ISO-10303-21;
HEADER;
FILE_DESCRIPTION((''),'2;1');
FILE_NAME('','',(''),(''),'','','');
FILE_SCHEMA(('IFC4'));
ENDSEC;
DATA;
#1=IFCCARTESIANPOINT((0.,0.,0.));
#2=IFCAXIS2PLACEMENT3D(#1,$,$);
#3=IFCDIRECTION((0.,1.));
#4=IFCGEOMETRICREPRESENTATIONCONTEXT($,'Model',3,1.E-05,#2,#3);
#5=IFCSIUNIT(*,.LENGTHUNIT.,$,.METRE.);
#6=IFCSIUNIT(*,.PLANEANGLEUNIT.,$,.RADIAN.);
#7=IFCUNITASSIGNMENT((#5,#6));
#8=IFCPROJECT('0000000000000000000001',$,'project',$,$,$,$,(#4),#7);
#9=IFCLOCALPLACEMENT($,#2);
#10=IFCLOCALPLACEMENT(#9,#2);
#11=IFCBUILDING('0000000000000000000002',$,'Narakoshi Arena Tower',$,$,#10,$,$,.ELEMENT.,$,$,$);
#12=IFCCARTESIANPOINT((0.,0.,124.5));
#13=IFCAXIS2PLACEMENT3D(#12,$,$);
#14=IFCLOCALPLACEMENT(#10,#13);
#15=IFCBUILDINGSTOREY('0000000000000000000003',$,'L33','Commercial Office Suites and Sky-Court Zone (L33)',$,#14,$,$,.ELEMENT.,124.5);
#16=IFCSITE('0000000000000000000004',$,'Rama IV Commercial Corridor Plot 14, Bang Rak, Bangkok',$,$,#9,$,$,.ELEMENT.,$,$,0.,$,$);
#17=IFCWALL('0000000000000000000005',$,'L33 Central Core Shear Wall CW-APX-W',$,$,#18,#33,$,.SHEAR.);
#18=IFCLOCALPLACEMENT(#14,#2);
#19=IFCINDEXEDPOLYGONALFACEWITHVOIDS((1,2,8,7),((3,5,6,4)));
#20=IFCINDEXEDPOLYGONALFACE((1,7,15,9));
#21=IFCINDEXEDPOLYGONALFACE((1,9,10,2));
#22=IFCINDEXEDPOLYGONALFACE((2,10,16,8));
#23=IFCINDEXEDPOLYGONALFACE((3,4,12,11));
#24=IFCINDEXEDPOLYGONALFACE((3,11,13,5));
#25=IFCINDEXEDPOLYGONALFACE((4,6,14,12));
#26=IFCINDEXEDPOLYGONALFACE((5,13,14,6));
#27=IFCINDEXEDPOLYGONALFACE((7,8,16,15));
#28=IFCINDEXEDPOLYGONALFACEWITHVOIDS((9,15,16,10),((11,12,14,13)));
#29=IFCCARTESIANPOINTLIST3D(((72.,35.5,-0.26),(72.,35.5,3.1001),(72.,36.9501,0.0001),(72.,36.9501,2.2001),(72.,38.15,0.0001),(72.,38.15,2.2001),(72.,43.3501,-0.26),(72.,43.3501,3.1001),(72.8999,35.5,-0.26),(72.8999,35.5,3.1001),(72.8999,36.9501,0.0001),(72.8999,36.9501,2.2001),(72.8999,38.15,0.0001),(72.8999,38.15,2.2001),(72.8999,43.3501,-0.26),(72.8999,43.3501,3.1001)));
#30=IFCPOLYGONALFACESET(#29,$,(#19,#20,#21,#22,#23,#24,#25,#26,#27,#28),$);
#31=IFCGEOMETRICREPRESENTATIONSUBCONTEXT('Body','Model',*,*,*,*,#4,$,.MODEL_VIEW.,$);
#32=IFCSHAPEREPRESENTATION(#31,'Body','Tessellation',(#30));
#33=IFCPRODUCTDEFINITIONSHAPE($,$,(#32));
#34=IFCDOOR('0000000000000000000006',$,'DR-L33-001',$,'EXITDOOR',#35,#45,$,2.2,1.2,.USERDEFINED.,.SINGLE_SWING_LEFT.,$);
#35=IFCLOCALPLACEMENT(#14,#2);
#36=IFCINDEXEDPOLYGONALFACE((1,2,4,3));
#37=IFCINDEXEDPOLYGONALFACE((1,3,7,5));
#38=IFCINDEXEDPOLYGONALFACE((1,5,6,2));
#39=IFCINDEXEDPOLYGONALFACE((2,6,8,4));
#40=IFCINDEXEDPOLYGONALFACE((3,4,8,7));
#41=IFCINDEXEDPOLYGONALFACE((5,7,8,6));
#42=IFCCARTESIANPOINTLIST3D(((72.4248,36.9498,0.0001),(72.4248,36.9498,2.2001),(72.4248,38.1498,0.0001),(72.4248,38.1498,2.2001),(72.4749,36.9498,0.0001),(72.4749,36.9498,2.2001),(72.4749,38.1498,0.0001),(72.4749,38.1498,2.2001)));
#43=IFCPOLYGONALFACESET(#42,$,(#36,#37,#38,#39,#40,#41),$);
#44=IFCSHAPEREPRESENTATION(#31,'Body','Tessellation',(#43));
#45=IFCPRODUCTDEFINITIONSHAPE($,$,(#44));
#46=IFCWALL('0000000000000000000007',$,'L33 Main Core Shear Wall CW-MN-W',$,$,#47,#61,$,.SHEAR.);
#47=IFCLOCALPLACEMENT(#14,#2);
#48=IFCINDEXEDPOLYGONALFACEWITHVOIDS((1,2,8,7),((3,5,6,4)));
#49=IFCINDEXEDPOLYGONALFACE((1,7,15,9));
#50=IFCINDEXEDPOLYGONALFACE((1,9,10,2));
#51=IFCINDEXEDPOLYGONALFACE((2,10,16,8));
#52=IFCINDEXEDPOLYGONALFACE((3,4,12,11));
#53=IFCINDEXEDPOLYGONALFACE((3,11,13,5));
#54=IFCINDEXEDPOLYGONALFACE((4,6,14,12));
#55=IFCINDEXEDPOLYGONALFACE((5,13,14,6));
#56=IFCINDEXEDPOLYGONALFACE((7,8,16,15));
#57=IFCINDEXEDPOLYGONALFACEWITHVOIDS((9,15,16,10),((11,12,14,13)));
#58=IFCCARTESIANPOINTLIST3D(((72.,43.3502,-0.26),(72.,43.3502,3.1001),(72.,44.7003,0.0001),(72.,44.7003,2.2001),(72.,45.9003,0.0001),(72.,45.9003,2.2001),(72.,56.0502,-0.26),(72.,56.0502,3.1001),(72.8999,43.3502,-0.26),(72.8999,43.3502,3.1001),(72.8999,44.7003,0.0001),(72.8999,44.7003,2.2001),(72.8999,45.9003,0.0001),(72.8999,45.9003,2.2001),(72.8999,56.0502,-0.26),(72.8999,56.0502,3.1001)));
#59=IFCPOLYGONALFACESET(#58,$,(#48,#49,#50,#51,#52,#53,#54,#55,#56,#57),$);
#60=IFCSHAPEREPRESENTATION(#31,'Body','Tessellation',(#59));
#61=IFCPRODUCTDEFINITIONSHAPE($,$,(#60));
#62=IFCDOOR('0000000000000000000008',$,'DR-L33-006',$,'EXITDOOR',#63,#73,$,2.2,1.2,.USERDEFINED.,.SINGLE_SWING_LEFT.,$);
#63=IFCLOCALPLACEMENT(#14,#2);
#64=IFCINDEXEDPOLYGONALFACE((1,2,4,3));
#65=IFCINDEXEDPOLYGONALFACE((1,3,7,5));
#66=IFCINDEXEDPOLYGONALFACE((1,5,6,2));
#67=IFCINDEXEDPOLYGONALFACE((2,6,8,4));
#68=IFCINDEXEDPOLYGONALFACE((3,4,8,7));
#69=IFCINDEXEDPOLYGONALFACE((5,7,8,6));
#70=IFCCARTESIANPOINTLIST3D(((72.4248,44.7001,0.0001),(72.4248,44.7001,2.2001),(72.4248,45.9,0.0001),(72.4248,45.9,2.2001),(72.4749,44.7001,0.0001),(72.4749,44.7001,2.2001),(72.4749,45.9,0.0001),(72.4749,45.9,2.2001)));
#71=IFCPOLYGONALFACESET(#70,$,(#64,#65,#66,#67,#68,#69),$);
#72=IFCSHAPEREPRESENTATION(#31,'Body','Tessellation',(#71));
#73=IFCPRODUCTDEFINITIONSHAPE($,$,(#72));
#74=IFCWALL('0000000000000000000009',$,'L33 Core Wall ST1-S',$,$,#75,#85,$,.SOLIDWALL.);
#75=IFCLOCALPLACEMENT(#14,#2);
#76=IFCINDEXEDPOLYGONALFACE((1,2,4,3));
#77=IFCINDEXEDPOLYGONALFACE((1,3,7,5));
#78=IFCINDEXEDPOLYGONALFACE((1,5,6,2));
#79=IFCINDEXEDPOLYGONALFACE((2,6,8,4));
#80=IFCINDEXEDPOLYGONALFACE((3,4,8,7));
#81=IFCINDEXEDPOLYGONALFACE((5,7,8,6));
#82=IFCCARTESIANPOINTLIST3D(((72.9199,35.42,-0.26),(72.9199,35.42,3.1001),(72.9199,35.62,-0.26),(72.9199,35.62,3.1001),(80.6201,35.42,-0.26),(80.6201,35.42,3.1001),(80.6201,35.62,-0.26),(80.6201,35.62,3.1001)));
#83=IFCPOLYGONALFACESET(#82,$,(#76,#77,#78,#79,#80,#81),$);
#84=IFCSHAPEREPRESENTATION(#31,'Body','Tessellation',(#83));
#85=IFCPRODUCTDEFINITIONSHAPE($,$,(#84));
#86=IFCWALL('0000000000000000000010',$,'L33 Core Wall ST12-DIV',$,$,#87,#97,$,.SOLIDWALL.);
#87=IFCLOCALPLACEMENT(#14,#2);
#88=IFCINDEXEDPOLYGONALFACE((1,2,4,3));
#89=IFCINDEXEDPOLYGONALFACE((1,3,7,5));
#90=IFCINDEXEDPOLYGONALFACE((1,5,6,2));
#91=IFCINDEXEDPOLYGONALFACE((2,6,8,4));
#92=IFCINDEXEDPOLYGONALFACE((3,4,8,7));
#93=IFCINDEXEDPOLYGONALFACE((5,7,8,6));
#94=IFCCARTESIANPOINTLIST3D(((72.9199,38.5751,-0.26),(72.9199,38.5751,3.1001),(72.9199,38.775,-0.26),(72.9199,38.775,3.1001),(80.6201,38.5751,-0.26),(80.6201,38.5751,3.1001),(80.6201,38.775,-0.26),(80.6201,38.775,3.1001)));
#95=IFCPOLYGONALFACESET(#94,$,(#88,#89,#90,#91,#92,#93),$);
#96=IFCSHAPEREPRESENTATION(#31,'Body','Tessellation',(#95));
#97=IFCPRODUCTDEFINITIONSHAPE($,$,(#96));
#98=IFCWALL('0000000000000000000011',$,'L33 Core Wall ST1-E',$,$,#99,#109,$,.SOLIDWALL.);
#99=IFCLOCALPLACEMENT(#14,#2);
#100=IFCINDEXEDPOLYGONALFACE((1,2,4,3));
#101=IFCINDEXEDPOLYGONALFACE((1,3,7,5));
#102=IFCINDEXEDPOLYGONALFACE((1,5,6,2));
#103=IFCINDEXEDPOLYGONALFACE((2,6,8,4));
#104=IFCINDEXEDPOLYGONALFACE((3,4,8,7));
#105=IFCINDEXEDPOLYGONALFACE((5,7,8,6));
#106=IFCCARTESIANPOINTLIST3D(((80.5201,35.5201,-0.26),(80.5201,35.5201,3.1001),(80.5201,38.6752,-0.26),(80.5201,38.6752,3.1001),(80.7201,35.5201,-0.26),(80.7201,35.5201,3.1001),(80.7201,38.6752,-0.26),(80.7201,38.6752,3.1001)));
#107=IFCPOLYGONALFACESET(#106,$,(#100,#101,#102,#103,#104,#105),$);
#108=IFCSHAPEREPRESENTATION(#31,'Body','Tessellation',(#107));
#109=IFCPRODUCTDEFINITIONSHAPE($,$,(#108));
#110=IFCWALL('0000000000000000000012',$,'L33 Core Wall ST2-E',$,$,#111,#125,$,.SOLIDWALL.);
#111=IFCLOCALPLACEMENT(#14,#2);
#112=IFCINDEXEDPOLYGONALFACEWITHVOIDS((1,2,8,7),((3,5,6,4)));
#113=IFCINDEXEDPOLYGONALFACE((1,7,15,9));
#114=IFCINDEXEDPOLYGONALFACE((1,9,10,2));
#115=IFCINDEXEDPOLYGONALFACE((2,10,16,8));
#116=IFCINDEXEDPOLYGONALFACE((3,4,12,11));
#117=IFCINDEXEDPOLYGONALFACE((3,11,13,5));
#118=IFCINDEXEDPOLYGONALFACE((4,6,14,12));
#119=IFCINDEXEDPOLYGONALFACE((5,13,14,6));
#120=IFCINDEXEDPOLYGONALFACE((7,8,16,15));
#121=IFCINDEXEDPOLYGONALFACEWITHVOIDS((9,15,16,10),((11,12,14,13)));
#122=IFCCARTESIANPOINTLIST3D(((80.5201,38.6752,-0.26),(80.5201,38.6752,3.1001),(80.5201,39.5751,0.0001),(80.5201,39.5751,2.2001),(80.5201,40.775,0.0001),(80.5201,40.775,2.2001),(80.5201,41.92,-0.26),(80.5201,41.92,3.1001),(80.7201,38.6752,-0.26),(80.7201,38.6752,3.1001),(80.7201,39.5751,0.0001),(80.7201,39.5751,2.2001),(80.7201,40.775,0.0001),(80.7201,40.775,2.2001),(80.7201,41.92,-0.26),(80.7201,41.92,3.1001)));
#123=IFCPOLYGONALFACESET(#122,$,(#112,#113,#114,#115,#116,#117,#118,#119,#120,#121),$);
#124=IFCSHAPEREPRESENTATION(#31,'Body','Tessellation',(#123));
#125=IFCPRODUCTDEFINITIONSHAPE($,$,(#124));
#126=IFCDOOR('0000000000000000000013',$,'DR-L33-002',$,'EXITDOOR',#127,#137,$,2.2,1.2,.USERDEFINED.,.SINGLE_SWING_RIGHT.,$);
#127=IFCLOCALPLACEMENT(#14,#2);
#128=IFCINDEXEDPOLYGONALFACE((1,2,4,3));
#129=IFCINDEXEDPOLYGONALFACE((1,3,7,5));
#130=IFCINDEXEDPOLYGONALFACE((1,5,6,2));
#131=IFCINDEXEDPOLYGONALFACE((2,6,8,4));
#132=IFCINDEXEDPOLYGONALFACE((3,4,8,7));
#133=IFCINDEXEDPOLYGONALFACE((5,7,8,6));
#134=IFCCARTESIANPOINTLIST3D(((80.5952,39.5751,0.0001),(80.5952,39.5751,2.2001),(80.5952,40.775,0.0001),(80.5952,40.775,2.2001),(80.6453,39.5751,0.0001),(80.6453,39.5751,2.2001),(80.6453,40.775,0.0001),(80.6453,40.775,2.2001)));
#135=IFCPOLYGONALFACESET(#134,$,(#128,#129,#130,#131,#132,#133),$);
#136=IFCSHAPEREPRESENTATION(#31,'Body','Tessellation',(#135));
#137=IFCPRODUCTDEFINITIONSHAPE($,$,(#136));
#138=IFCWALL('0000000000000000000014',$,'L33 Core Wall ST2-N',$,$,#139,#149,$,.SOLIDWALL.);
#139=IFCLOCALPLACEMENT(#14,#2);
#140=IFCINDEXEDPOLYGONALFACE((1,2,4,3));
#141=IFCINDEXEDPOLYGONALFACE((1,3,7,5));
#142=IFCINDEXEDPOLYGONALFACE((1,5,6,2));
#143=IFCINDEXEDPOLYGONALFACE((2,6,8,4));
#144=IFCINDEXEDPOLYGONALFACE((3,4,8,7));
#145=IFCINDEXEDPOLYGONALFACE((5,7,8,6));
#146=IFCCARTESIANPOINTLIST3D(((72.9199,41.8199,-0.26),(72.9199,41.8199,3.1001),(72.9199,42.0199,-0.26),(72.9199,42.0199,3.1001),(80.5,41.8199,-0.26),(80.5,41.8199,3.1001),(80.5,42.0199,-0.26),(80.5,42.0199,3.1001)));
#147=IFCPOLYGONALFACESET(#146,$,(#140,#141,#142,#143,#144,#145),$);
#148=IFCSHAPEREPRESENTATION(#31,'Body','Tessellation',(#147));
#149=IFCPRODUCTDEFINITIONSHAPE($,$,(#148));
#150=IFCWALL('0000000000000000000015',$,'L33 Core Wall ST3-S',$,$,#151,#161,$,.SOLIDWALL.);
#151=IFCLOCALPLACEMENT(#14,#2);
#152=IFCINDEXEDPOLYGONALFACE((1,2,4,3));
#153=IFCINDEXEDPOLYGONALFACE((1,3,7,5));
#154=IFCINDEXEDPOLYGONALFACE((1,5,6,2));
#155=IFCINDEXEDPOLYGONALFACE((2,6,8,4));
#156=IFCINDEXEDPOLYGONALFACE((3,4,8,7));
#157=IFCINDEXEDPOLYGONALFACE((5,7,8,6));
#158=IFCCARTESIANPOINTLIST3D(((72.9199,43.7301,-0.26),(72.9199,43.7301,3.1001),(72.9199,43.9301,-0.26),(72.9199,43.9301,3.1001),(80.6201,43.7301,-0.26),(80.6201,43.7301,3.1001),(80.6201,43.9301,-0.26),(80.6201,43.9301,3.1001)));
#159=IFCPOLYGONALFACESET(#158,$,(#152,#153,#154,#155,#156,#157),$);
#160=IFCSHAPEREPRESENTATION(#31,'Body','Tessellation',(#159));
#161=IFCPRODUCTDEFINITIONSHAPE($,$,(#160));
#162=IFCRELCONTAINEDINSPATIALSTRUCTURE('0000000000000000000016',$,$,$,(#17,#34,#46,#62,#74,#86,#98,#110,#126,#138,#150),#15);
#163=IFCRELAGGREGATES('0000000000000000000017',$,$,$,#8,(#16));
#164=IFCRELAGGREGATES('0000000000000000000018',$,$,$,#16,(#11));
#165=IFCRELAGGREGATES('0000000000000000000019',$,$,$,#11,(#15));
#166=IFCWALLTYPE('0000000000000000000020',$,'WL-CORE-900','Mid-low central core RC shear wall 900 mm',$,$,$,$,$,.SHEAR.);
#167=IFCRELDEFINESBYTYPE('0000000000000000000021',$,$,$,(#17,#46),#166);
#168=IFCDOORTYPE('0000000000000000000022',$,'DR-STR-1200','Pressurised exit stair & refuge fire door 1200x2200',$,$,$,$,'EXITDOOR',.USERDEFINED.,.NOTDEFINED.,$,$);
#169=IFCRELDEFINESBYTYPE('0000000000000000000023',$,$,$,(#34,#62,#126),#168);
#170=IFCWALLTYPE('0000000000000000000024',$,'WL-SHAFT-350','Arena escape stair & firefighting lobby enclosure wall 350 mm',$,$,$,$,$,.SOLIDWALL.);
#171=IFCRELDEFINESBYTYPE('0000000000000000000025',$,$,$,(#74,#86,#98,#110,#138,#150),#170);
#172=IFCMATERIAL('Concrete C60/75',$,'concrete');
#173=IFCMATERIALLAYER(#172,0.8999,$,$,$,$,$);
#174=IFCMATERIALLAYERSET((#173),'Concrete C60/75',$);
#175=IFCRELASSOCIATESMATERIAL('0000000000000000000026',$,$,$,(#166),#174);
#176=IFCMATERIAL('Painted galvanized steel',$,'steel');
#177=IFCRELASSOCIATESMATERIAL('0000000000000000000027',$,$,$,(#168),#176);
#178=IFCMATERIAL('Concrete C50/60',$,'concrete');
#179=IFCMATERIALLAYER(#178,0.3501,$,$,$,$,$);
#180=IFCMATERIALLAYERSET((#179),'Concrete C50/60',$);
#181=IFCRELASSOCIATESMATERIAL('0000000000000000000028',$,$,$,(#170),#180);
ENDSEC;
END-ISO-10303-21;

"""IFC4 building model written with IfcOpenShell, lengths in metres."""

from ifc_helpers import new_model, si_unit, direction, frame, frame_2d, origin, place, context, subcontext, project, spatial, rectangle, extrude, material, layer, layer_set, type_object, element, fill, save


model = new_model("IFC4")

# Units and contexts
model_context = context("Model", 3, precision=1e-05, world=origin(), true_north=direction((0.0, 1.0)))
body_context = subcontext(model_context, "Body", "Model", "MODEL_VIEW")
ifc_project = project(units=[si_unit("LENGTHUNIT", "METRE"), si_unit("PLANEANGLEUNIT", "RADIAN")], contexts=[model_context])

# Site, building, storey
site_placement = place(None, origin())
site = spatial("IfcSite", under=ifc_project, at=site_placement, Name="Rama IV Commercial Corridor Plot 14, Bang Rak, Bangkok", CompositionType="ELEMENT", RefElevation=0.0)
building_placement = place(site_placement, origin())
building = spatial("IfcBuilding", under=site, at=building_placement, Name="Narakoshi Arena Tower", CompositionType="ELEMENT")
storey_placement = place(building_placement, frame((0.0, 0.0, 124.5)))
storey = spatial("IfcBuildingStorey", under=building, at=storey_placement, Name="L33", Description="Commercial Office Suites and Sky-Court Zone (L33)", CompositionType="ELEMENT", Elevation=124.5)

# Walls, openings, doors
ifc_material_1 = material(Name="Concrete C60/75", Category="concrete")
ifc_layer_1 = layer(ifc_material_1, 0.8999)
ifc_layer_set_1 = layer_set([ifc_layer_1], Name="Concrete C60/75")
wall_type_1 = type_object("IfcWallType", Name="WL-CORE-900", Description="Mid-low central core RC shear wall 900 mm", PredefinedType="SHEAR", material=ifc_layer_set_1)
wall_1_placement = place(storey_placement, frame((72.45, 35.5, -0.26), z_axis=(0.0, 0.0, 1.0), x_axis=(0.0, 1.0, 0.0)))
wall_1 = element("IfcWall", 1, at=wall_1_placement, inside=storey, type_object=wall_type_1, Name="L33 Central Core Shear Wall CW-APX-W", PredefinedType="SHEAR", context=body_context, shape_type="SweptSolid", body=[
    extrude(rectangle(XDim=7.8501, YDim=0.8999, at=frame_2d((3.925, 0.0))), origin(), (0.0, 0.0, 1.0), 3.3601),
])
opening_1_placement = place(wall_1_placement, frame((1.45, 0.0, 0.26)))
opening_1 = element("IfcOpeningElement", 2, at=opening_1_placement, cuts=wall_1, PredefinedType="OPENING", context=body_context, shape_type="SweptSolid", body=[
    extrude(rectangle(XDim=1.2, YDim=2.2, at=frame_2d((0.6001, 1.1001))), frame((0.0, 0.46, 0.0), z_axis=(0.0, -1.0, 0.0), x_axis=(1.0, 0.0, 0.0)), (0.0, 0.0, 1.0), 0.9199),
])
ifc_material_2 = material(Name="Painted galvanized steel", Category="steel")
door_type = type_object("IfcDoorType", Name="DR-STR-1200", Description="Pressurised exit stair & refuge fire door 1200x2200", ElementType="EXITDOOR", OperationType="NOTDEFINED", PredefinedType="USERDEFINED", material=ifc_material_2)
door_1_placement = place(opening_1_placement, frame((1.2, 0.0, 0.0), z_axis=(0.0, 0.0, 1.0), x_axis=(-1.0, 0.0, 0.0)))
door_1 = element("IfcDoor", 3, at=door_1_placement, inside=storey, type_object=door_type, Name="DR-L33-001", ObjectType="EXITDOOR", OperationType="SINGLE_SWING_LEFT", OverallHeight=2.2, OverallWidth=1.2, PredefinedType="USERDEFINED", context=body_context, shape_type="SweptSolid", body=[
    extrude(rectangle(XDim=1.2, YDim=2.2, at=frame_2d((0.6001, 1.1001))), frame((0.0, 0.0249, 0.0), z_axis=(0.0, -1.0, 0.0), x_axis=(1.0, 0.0, 0.0)), (0.0, 0.0, 1.0), 0.05),
])
fill(opening_1, door_1)
wall_2_placement = place(storey_placement, frame((72.45, 43.3501, -0.26), z_axis=(0.0, 0.0, 1.0), x_axis=(0.0, 1.0, 0.0)))
wall_2 = element("IfcWall", 4, at=wall_2_placement, inside=storey, type_object=wall_type_1, Name="L33 Main Core Shear Wall CW-MN-W", PredefinedType="SHEAR", context=body_context, shape_type="SweptSolid", body=[
    extrude(rectangle(XDim=12.7, YDim=0.8999, at=frame_2d((6.3501, 0.0))), origin(), (0.0, 0.0, 1.0), 3.3601),
])
opening_2_placement = place(wall_2_placement, frame((1.3501, 0.0, 0.26)))
opening_2 = element("IfcOpeningElement", 5, at=opening_2_placement, cuts=wall_2, PredefinedType="OPENING", context=body_context, shape_type="SweptSolid", body=[
    extrude(rectangle(XDim=1.2, YDim=2.2, at=frame_2d((0.6001, 1.1001))), frame((0.0, 0.46, 0.0), z_axis=(0.0, -1.0, 0.0), x_axis=(1.0, 0.0, 0.0)), (0.0, 0.0, 1.0), 0.9199),
])
door_2_placement = place(opening_2_placement, frame((1.2, 0.0, 0.0), z_axis=(0.0, 0.0, 1.0), x_axis=(-1.0, 0.0, 0.0)))
door_2 = element("IfcDoor", 6, at=door_2_placement, inside=storey, type_object=door_type, Name="DR-L33-006", ObjectType="EXITDOOR", OperationType="SINGLE_SWING_LEFT", OverallHeight=2.2, OverallWidth=1.2, PredefinedType="USERDEFINED", context=body_context, shape_type="SweptSolid", body=[
    extrude(rectangle(XDim=1.2, YDim=2.2, at=frame_2d((0.6001, 1.1001))), frame((0.0, 0.0249, 0.0), z_axis=(0.0, -1.0, 0.0), x_axis=(1.0, 0.0, 0.0)), (0.0, 0.0, 1.0), 0.05),
])
fill(opening_2, door_2)

# Walls
ifc_material_3 = material(Name="Concrete C50/60", Category="concrete")
ifc_layer_2 = layer(ifc_material_3, 0.3501)
ifc_layer_set_2 = layer_set([ifc_layer_2], Name="Concrete C50/60")
wall_type_2 = type_object("IfcWallType", Name="WL-SHAFT-350", Description="Arena escape stair & firefighting lobby enclosure wall 350 mm", PredefinedType="SOLIDWALL", material=ifc_layer_set_2)
for number, where, z_axis, x_axis, name in (
    (7, (72.9199, 35.52, -0.26), (0.0, 0.0, 1.0), (1.0, 0.0, 0.0), "L33 Core Wall ST1-S"),
    (8, (72.9199, 38.675, -0.26), (0.0, 0.0, 1.0), (1.0, 0.0, 0.0), "L33 Core Wall ST12-DIV"),
):
    element("IfcWall", number, at=place(storey_placement, frame(where, z_axis=z_axis, x_axis=x_axis)), inside=storey, type_object=wall_type_2, Name=name, PredefinedType="SOLIDWALL", context=body_context, shape_type="SweptSolid", body=[
        extrude(rectangle(XDim=7.7002, YDim=0.2, at=frame_2d((3.8501, 0.0))), origin(), (0.0, 0.0, 1.0), 3.3601),
    ])
wall_3_placement = place(storey_placement, frame((80.6201, 35.52, -0.26), z_axis=(0.0, 0.0, 1.0), x_axis=(0.0, 1.0, 0.0)))
element("IfcWall", 9, at=wall_3_placement, inside=storey, type_object=wall_type_2, Name="L33 Core Wall ST1-E", PredefinedType="SOLIDWALL", context=body_context, shape_type="SweptSolid", body=[
    extrude(rectangle(XDim=3.155, YDim=0.2, at=frame_2d((1.5776, 0.0))), origin(), (0.0, 0.0, 1.0), 3.3601),
])

# Wall, opening, door
wall_4_placement = place(storey_placement, frame((80.6201, 38.675, -0.26), z_axis=(0.0, 0.0, 1.0), x_axis=(0.0, 1.0, 0.0)))
wall_4 = element("IfcWall", 10, at=wall_4_placement, inside=storey, type_object=wall_type_2, Name="L33 Core Wall ST2-E", PredefinedType="SOLIDWALL", context=body_context, shape_type="SweptSolid", body=[
    extrude(rectangle(XDim=3.2449, YDim=0.2, at=frame_2d((1.6226, 0.0))), origin(), (0.0, 0.0, 1.0), 3.3601),
])
opening_3_placement = place(wall_4_placement, frame((0.8999, 0.0, 0.26)))
opening_3 = element("IfcOpeningElement", 11, at=opening_3_placement, cuts=wall_4, PredefinedType="OPENING", context=body_context, shape_type="SweptSolid", body=[
    extrude(rectangle(XDim=1.2, YDim=2.2, at=frame_2d((0.6001, 1.1001))), frame((0.0, 0.1099, 0.0), z_axis=(0.0, -1.0, 0.0), x_axis=(1.0, 0.0, 0.0)), (0.0, 0.0, 1.0), 0.22),
])
door_3_placement = place(opening_3_placement, origin())
door_3 = element("IfcDoor", 12, at=door_3_placement, inside=storey, type_object=door_type, Name="DR-L33-002", ObjectType="EXITDOOR", OperationType="SINGLE_SWING_RIGHT", OverallHeight=2.2, OverallWidth=1.2, PredefinedType="USERDEFINED", context=body_context, shape_type="SweptSolid", body=[
    extrude(rectangle(XDim=1.2, YDim=2.2, at=frame_2d((0.6001, 1.1001))), frame((0.0, 0.0249, 0.0), z_axis=(0.0, -1.0, 0.0), x_axis=(1.0, 0.0, 0.0)), (0.0, 0.0, 1.0), 0.05),
])
fill(opening_3, door_3)

# Walls
wall_5_placement = place(storey_placement, frame((72.9199, 41.9199, -0.26), z_axis=(0.0, 0.0, 1.0), x_axis=(1.0, 0.0, 0.0)))
element("IfcWall", 13, at=wall_5_placement, inside=storey, type_object=wall_type_2, Name="L33 Core Wall ST2-N", PredefinedType="SOLIDWALL", context=body_context, shape_type="SweptSolid", body=[
    extrude(rectangle(XDim=7.5801, YDim=0.2, at=frame_2d((3.79, 0.0))), origin(), (0.0, 0.0, 1.0), 3.3601),
])
wall_6_placement = place(storey_placement, frame((72.9199, 43.8301, -0.26), z_axis=(0.0, 0.0, 1.0), x_axis=(1.0, 0.0, 0.0)))
element("IfcWall", 14, at=wall_6_placement, inside=storey, type_object=wall_type_2, Name="L33 Core Wall ST3-S", PredefinedType="SOLIDWALL", context=body_context, shape_type="SweptSolid", body=[
    extrude(rectangle(XDim=7.7002, YDim=0.2, at=frame_2d((3.8501, 0.0))), origin(), (0.0, 0.0, 1.0), 3.3601),
])

save(model, "model.ifc")
